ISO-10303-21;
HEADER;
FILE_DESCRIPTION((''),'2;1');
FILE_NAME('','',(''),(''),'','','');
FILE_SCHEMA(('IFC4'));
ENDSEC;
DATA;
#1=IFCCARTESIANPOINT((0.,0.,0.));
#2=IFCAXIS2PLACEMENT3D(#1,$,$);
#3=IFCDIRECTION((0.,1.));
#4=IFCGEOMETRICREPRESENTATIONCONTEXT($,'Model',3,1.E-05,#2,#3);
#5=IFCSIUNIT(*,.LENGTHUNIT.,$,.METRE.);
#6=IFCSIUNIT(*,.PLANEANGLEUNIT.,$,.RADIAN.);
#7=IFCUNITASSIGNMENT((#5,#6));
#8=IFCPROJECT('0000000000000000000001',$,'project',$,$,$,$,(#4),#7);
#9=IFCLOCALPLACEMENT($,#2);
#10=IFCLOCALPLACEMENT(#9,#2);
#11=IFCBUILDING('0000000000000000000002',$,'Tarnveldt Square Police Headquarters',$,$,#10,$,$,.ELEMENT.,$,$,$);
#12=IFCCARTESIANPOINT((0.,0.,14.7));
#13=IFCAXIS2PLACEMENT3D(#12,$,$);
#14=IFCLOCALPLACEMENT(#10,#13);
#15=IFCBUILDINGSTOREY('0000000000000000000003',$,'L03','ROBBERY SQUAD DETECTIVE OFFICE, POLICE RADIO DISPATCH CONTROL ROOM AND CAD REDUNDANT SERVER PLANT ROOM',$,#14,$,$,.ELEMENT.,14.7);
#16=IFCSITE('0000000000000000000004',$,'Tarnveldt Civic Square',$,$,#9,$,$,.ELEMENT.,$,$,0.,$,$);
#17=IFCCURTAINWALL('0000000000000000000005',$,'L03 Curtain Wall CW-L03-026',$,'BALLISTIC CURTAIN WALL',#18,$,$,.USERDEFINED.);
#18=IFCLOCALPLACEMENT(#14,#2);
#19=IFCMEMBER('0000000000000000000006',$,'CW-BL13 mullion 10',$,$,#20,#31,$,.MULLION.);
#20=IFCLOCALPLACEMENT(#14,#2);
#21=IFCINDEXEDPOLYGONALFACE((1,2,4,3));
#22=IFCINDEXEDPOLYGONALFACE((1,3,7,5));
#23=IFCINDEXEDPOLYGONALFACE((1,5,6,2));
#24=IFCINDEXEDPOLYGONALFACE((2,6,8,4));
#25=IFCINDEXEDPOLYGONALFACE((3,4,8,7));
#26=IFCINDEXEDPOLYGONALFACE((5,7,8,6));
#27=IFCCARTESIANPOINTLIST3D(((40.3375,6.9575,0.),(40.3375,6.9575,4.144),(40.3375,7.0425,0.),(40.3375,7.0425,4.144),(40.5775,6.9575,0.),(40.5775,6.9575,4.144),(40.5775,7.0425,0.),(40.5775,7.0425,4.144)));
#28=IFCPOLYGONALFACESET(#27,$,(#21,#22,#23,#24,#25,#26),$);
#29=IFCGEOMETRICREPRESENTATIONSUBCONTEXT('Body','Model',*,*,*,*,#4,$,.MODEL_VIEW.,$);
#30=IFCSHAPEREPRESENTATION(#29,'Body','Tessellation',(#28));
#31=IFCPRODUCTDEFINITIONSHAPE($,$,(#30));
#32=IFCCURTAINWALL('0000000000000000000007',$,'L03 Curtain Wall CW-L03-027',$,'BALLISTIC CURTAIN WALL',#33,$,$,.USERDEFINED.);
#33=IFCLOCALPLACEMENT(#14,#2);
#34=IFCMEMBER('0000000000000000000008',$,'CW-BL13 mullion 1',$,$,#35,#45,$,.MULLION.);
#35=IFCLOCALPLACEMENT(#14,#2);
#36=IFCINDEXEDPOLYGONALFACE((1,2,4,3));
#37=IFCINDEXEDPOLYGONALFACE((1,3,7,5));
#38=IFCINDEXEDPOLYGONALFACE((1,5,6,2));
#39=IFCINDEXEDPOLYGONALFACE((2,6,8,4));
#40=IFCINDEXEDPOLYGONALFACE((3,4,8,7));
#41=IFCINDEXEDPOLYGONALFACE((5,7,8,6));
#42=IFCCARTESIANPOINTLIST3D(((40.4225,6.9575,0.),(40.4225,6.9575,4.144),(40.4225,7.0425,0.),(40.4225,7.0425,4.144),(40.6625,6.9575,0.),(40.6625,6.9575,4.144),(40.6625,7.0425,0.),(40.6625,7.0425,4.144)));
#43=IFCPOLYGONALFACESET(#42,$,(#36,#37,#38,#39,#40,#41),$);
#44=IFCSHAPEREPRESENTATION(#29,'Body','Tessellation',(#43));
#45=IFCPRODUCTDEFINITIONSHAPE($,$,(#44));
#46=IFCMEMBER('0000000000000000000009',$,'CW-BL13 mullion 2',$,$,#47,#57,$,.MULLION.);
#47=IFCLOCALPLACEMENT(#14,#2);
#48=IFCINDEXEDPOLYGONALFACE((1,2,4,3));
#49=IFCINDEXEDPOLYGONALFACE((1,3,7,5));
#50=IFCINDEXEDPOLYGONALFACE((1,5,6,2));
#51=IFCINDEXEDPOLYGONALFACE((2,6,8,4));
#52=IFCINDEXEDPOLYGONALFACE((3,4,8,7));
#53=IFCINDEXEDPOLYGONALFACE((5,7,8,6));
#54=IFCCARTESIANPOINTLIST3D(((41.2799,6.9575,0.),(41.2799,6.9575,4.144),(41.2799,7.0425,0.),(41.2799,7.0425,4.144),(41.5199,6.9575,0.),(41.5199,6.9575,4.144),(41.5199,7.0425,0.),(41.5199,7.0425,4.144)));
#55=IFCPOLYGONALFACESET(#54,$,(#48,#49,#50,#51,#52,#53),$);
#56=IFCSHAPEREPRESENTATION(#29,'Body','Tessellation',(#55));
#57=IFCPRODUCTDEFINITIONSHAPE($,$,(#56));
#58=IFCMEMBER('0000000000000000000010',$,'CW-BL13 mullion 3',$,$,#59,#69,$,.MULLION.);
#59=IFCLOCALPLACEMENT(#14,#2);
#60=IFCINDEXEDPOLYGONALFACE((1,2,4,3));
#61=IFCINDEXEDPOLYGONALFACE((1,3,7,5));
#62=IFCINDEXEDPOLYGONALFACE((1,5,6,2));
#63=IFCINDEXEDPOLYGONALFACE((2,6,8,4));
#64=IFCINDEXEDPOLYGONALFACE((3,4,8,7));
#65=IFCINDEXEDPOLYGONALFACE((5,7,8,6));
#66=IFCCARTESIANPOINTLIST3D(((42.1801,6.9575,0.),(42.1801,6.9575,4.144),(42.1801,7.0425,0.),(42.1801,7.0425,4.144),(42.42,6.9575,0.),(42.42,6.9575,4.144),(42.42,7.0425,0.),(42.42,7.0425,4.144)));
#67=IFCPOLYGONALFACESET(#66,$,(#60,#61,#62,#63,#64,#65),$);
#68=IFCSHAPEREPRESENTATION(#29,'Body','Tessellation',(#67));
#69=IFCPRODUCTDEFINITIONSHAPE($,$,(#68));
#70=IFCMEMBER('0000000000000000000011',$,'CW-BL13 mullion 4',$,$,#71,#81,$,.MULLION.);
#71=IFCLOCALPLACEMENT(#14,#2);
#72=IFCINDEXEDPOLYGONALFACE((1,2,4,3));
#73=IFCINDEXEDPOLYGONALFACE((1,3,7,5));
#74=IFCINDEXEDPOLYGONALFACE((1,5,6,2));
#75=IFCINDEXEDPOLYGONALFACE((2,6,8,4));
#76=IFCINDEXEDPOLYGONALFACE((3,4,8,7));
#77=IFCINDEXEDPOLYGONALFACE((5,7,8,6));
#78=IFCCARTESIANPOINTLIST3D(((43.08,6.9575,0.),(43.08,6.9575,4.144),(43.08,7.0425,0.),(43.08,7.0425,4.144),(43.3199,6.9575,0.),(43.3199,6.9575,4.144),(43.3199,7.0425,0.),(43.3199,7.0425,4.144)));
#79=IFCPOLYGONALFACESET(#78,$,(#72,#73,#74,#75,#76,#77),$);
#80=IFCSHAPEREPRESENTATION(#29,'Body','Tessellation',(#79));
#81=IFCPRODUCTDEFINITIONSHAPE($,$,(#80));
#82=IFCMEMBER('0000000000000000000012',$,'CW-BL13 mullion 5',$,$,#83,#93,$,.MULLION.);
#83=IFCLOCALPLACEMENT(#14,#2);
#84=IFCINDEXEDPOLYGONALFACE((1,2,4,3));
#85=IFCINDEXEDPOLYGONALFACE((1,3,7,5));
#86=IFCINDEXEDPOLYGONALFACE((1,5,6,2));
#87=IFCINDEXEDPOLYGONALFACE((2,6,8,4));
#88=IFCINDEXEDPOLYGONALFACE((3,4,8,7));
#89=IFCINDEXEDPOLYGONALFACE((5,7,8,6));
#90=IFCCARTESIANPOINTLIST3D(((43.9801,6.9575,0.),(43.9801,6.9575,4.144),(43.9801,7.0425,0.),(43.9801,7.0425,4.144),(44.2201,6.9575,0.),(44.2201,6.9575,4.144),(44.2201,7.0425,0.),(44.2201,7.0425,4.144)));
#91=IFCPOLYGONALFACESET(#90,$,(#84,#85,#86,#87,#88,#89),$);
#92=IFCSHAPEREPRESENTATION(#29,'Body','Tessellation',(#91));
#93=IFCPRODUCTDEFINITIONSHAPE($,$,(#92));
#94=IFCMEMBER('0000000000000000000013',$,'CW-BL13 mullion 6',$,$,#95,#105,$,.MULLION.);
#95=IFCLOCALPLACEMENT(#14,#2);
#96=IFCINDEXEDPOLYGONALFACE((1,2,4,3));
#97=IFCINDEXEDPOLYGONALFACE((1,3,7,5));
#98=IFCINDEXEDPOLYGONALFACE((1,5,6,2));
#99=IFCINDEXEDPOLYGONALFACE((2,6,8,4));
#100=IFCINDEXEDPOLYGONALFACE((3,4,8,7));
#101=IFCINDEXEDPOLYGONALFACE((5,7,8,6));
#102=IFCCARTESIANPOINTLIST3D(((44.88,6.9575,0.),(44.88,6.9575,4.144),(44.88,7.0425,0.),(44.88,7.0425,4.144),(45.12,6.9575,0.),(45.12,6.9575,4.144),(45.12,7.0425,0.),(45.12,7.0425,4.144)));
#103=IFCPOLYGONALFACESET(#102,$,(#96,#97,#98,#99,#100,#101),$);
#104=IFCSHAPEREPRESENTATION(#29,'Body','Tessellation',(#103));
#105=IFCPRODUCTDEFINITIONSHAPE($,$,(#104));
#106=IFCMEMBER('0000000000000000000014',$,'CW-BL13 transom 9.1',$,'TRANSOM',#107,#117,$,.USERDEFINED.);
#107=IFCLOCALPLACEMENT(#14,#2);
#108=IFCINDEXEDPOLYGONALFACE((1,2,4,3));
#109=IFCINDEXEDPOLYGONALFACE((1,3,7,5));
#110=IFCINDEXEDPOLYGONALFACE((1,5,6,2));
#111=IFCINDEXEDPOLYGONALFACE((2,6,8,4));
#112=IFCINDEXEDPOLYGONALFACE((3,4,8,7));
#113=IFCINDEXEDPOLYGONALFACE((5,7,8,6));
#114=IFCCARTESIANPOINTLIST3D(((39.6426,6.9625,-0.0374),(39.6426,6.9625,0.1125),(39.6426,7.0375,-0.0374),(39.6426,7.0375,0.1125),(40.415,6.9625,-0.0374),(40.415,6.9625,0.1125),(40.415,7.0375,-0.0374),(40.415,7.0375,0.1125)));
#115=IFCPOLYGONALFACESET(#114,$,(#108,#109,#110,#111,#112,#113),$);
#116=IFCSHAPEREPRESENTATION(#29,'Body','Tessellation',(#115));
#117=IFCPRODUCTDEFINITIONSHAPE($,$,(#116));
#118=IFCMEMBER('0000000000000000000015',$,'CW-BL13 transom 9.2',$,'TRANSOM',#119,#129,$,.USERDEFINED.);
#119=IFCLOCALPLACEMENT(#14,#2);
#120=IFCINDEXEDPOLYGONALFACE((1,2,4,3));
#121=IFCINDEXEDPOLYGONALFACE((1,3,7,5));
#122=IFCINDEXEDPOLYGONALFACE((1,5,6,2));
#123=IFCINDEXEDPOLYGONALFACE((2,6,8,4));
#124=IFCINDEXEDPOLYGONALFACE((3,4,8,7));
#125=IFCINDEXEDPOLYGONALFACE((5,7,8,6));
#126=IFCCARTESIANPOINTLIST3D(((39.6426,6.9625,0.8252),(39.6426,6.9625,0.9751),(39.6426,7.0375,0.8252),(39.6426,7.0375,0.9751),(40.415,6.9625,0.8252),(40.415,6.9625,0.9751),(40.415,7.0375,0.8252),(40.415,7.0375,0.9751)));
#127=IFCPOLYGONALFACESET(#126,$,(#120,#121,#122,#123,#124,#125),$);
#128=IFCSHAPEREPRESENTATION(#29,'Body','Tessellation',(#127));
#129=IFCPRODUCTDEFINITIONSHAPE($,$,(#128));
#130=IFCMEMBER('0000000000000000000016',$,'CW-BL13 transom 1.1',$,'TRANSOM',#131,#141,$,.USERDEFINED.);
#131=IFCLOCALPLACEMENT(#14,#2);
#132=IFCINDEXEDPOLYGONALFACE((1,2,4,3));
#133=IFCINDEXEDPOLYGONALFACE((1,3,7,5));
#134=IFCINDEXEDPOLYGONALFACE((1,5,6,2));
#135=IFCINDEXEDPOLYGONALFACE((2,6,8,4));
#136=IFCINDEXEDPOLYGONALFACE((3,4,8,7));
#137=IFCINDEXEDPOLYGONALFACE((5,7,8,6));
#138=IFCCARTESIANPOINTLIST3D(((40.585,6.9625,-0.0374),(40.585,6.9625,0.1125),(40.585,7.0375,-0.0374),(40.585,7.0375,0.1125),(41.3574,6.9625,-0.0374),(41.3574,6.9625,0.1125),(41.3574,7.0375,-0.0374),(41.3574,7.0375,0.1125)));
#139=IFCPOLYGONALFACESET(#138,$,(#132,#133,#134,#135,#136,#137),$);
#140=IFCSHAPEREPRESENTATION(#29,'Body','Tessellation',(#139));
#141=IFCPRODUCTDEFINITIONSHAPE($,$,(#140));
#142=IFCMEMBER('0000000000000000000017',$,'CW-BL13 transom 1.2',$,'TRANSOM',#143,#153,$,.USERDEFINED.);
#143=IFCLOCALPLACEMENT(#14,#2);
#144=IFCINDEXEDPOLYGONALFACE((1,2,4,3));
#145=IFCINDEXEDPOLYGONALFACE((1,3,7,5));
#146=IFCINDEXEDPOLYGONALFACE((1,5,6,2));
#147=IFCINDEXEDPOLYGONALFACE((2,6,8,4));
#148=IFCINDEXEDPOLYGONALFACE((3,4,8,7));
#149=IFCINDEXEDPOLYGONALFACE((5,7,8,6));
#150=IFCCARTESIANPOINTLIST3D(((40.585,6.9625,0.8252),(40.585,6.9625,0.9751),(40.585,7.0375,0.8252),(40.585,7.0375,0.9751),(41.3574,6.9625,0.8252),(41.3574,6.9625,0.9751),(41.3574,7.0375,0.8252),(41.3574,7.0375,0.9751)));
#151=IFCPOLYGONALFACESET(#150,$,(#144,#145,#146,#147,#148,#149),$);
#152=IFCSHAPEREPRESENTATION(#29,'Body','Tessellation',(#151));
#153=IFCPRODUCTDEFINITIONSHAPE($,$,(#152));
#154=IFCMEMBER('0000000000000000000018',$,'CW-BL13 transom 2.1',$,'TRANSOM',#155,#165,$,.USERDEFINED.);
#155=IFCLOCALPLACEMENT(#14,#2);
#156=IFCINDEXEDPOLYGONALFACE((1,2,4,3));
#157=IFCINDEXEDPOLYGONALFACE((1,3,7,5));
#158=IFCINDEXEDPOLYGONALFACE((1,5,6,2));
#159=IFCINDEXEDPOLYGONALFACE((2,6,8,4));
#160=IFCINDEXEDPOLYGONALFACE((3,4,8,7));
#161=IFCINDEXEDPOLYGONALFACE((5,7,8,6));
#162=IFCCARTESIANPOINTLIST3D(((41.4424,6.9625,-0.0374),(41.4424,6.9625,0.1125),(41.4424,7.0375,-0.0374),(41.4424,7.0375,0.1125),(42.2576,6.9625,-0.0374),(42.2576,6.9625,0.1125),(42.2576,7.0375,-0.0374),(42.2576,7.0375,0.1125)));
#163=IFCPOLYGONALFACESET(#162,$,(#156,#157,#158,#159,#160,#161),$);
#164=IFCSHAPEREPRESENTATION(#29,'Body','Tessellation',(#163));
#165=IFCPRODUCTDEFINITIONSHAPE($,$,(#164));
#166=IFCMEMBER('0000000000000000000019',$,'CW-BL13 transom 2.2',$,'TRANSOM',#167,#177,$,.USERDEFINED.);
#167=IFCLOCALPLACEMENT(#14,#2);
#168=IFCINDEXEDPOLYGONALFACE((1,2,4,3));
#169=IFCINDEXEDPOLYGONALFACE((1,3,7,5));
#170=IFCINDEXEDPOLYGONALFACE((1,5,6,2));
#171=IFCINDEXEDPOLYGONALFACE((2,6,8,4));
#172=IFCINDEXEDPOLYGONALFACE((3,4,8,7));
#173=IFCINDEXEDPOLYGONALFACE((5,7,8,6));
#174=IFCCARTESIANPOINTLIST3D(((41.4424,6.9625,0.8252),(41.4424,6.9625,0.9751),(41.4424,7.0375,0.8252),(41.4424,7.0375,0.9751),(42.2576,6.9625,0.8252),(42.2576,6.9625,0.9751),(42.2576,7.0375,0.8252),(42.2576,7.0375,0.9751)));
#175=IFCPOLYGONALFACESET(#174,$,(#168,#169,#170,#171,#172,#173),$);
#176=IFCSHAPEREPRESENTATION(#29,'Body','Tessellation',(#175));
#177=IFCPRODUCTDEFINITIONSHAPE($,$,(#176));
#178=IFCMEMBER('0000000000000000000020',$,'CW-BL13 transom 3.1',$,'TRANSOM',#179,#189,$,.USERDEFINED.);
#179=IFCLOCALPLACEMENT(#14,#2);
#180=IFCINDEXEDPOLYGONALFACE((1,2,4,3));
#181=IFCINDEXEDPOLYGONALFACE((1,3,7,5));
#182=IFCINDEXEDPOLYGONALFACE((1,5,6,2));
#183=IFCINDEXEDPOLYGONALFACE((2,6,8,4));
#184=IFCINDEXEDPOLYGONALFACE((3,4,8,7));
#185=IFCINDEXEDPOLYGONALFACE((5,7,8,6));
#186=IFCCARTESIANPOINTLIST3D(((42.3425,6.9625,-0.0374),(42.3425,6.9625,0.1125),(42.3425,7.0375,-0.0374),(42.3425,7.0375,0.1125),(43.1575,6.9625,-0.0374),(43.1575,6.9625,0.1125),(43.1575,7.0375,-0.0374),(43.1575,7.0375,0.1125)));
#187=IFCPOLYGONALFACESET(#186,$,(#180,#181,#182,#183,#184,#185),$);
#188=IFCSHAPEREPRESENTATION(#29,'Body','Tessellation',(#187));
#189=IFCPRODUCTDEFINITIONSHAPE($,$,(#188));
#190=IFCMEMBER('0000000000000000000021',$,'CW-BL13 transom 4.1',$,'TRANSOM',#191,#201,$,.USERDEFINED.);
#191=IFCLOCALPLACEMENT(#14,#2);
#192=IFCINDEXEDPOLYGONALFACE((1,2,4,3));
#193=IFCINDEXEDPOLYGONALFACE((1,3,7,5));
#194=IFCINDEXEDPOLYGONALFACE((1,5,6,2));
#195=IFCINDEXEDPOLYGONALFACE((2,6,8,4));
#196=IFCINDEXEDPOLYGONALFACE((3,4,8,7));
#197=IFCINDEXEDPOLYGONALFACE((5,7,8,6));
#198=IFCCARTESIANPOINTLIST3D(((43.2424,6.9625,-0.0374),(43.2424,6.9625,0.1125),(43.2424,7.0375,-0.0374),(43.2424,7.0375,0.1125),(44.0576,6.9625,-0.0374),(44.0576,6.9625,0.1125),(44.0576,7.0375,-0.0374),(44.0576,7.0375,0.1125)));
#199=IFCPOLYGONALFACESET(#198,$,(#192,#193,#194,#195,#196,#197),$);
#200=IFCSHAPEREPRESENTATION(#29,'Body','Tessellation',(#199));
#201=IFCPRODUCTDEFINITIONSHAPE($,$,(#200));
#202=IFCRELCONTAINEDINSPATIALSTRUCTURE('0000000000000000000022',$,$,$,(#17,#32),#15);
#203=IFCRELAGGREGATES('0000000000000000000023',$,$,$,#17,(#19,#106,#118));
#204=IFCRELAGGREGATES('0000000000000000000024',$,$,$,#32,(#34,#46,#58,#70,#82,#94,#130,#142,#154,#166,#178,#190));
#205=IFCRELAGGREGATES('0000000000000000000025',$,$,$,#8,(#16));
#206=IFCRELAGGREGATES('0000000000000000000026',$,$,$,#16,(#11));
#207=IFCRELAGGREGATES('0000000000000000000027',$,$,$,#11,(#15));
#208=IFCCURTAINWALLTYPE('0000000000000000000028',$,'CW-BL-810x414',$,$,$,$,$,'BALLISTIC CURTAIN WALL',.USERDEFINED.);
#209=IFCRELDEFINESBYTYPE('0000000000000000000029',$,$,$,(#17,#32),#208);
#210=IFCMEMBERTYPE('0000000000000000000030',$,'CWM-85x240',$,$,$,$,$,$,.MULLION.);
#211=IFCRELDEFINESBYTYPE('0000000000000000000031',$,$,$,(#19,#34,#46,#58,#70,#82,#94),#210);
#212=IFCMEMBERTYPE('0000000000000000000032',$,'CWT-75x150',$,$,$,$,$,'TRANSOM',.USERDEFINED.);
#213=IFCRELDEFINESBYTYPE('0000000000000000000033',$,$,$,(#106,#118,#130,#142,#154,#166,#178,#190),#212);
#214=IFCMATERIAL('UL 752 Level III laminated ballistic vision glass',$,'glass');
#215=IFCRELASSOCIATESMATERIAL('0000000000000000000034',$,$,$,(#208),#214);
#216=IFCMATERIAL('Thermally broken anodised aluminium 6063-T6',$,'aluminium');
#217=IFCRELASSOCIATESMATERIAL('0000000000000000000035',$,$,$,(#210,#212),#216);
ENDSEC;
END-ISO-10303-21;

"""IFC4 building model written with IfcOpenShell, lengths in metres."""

from ifc_helpers import new_model, si_unit, direction, frame, origin, origin_2d, place, context, subcontext, project, spatial, rectangle, extrude, material, material_profile, profile_set, type_object, element, aggregate, save


model = new_model("IFC4")

# Units and contexts
model_context = context("Model", 3, precision=1e-05, world=origin(), true_north=direction((0.0, 1.0)))
body_context = subcontext(model_context, "Body", "Model", "MODEL_VIEW")
ifc_project = project(units=[si_unit("LENGTHUNIT", "METRE"), si_unit("PLANEANGLEUNIT", "RADIAN")], contexts=[model_context])

# Site, building, storey
site_placement = place(None, origin())
site = spatial("IfcSite", under=ifc_project, at=site_placement, Name="Tarnveldt Civic Square", CompositionType="ELEMENT", RefElevation=0.0)
building_placement = place(site_placement, origin())
building = spatial("IfcBuilding", under=site, at=building_placement, Name="Tarnveldt Square Police Headquarters", CompositionType="ELEMENT")
storey_placement = place(building_placement, frame((0.0, 0.0, 14.7)))
storey = spatial("IfcBuildingStorey", under=building, at=storey_placement, Name="L03", Description="ROBBERY SQUAD DETECTIVE OFFICE, POLICE RADIO DISPATCH CONTROL ROOM AND CAD REDUNDANT SERVER PLANT ROOM", CompositionType="ELEMENT", Elevation=14.7)

# Curtain wall, member
ifc_material_1 = material(Name="UL 752 Level III laminated ballistic vision glass", Category="glass")
curtain_wall_type = type_object("IfcCurtainWallType", Name="CW-BL-810x414", ElementType="BALLISTIC CURTAIN WALL", PredefinedType="USERDEFINED", material=ifc_material_1)
curtain_wall_1_placement = place(storey_placement, origin())
curtain_wall_1 = element("IfcCurtainWall", 1, at=curtain_wall_1_placement, inside=storey, type_object=curtain_wall_type, Name="L03 Curtain Wall CW-L03-026", ObjectType="BALLISTIC CURTAIN WALL", PredefinedType="USERDEFINED")
ifc_material_2 = material(Name="Thermally broken anodised aluminium 6063-T6", Category="aluminium")
ifc_material_profile_1 = material_profile(ifc_material_2, rectangle(XDim=0.085, YDim=0.24, at=origin_2d()), Name="CW-M85x240")
ifc_profile_set_1 = profile_set([ifc_material_profile_1], Name="Thermally broken anodised aluminium 6063-T6")
member_type_1 = type_object("IfcMemberType", Name="CWM-85x240", PredefinedType="MULLION", material=ifc_profile_set_1)
member_1_placement = place(storey_placement, frame((40.4575, 7.0, 0.0), z_axis=(0.0, 0.0, 1.0), x_axis=(0.0, 1.0, 0.0)))
member_1 = element("IfcMember", 2, at=member_1_placement, type_object=member_type_1, Name="CW-BL13 mullion 10", PredefinedType="MULLION", context=body_context, shape_type="SweptSolid", body=[
    extrude(rectangle(XDim=0.085, YDim=0.24, at=origin_2d()), origin(), (0.0, 0.0, 1.0), 4.144),
])

# Curtain wall, members
curtain_wall_2_placement = place(storey_placement, origin())
curtain_wall_2 = element("IfcCurtainWall", 3, at=curtain_wall_2_placement, inside=storey, type_object=curtain_wall_type, Name="L03 Curtain Wall CW-L03-027", ObjectType="BALLISTIC CURTAIN WALL", PredefinedType="USERDEFINED")
member_2_placement = place(storey_placement, frame((40.5425, 7.0, 0.0), z_axis=(0.0, 0.0, 1.0), x_axis=(0.0, 1.0, 0.0)))
member_2 = element("IfcMember", 4, at=member_2_placement, type_object=member_type_1, Name="CW-BL13 mullion 1", PredefinedType="MULLION", context=body_context, shape_type="SweptSolid", body=[
    extrude(rectangle(XDim=0.085, YDim=0.24, at=origin_2d()), origin(), (0.0, 0.0, 1.0), 4.144),
])
member_3_placement = place(storey_placement, frame((41.3999, 7.0, 0.0), z_axis=(0.0, 0.0, 1.0), x_axis=(0.0, 1.0, 0.0)))
member_3 = element("IfcMember", 5, at=member_3_placement, type_object=member_type_1, Name="CW-BL13 mullion 2", PredefinedType="MULLION", context=body_context, shape_type="SweptSolid", body=[
    extrude(rectangle(XDim=0.085, YDim=0.24, at=origin_2d()), origin(), (0.0, 0.0, 1.0), 4.144),
])
member_4_placement = place(storey_placement, frame((42.3, 7.0, 0.0), z_axis=(0.0, 0.0, 1.0), x_axis=(0.0, 1.0, 0.0)))
member_4 = element("IfcMember", 6, at=member_4_placement, type_object=member_type_1, Name="CW-BL13 mullion 3", PredefinedType="MULLION", context=body_context, shape_type="SweptSolid", body=[
    extrude(rectangle(XDim=0.085, YDim=0.24, at=origin_2d()), origin(), (0.0, 0.0, 1.0), 4.144),
])
member_5_placement = place(storey_placement, frame((43.2, 7.0, 0.0), z_axis=(0.0, 0.0, 1.0), x_axis=(0.0, 1.0, 0.0)))
member_5 = element("IfcMember", 7, at=member_5_placement, type_object=member_type_1, Name="CW-BL13 mullion 4", PredefinedType="MULLION", context=body_context, shape_type="SweptSolid", body=[
    extrude(rectangle(XDim=0.085, YDim=0.24, at=origin_2d()), origin(), (0.0, 0.0, 1.0), 4.144),
])
member_6_placement = place(storey_placement, frame((44.1001, 7.0, 0.0), z_axis=(0.0, 0.0, 1.0), x_axis=(0.0, 1.0, 0.0)))
member_6 = element("IfcMember", 8, at=member_6_placement, type_object=member_type_1, Name="CW-BL13 mullion 5", PredefinedType="MULLION", context=body_context, shape_type="SweptSolid", body=[
    extrude(rectangle(XDim=0.085, YDim=0.24, at=origin_2d()), origin(), (0.0, 0.0, 1.0), 4.144),
])
member_7_placement = place(storey_placement, frame((45.0, 7.0, 0.0), z_axis=(0.0, 0.0, 1.0), x_axis=(0.0, 1.0, 0.0)))
member_7 = element("IfcMember", 9, at=member_7_placement, type_object=member_type_1, Name="CW-BL13 mullion 6", PredefinedType="MULLION", context=body_context, shape_type="SweptSolid", body=[
    extrude(rectangle(XDim=0.085, YDim=0.24, at=origin_2d()), origin(), (0.0, 0.0, 1.0), 4.144),
])

# Members
ifc_material_profile_2 = material_profile(ifc_material_2, rectangle(XDim=0.075, YDim=0.1499, at=origin_2d()), Name="CW-T75x150")
ifc_profile_set_2 = profile_set([ifc_material_profile_2], Name="Thermally broken anodised aluminium 6063-T6")
member_type_2 = type_object("IfcMemberType", Name="CWT-75x150", ElementType="TRANSOM", PredefinedType="USERDEFINED", material=ifc_profile_set_2)
member_8_placement = place(storey_placement, frame((39.6426, 7.0, 0.0376), z_axis=(1.0, 0.0, 0.0), x_axis=(0.0, 1.0, 0.0)))
member_8 = element("IfcMember", 10, at=member_8_placement, type_object=member_type_2, Name="CW-BL13 transom 9.1", ObjectType="TRANSOM", PredefinedType="USERDEFINED", context=body_context, shape_type="SweptSolid", body=[
    extrude(rectangle(XDim=0.075, YDim=0.1499, at=origin_2d()), origin(), (0.0, 0.0, 1.0), 0.7725),
])
member_9_placement = place(storey_placement, frame((39.6426, 7.0, 0.9001), z_axis=(1.0, 0.0, 0.0), x_axis=(0.0, 1.0, 0.0)))
member_9 = element("IfcMember", 11, at=member_9_placement, type_object=member_type_2, Name="CW-BL13 transom 9.2", ObjectType="TRANSOM", PredefinedType="USERDEFINED", context=body_context, shape_type="SweptSolid", body=[
    extrude(rectangle(XDim=0.075, YDim=0.1499, at=origin_2d()), origin(), (0.0, 0.0, 1.0), 0.7725),
])
member_10_placement = place(storey_placement, frame((40.585, 7.0, 0.0376), z_axis=(1.0, 0.0, 0.0), x_axis=(0.0, 1.0, 0.0)))
member_10 = element("IfcMember", 12, at=member_10_placement, type_object=member_type_2, Name="CW-BL13 transom 1.1", ObjectType="TRANSOM", PredefinedType="USERDEFINED", context=body_context, shape_type="SweptSolid", body=[
    extrude(rectangle(XDim=0.075, YDim=0.1499, at=origin_2d()), origin(), (0.0, 0.0, 1.0), 0.7725),
])
member_11_placement = place(storey_placement, frame((40.585, 7.0, 0.9001), z_axis=(1.0, 0.0, 0.0), x_axis=(0.0, 1.0, 0.0)))
member_11 = element("IfcMember", 13, at=member_11_placement, type_object=member_type_2, Name="CW-BL13 transom 1.2", ObjectType="TRANSOM", PredefinedType="USERDEFINED", context=body_context, shape_type="SweptSolid", body=[
    extrude(rectangle(XDim=0.075, YDim=0.1499, at=origin_2d()), origin(), (0.0, 0.0, 1.0), 0.7725),
])
member_12_placement = place(storey_placement, frame((41.4424, 7.0, 0.0376), z_axis=(1.0, 0.0, 0.0), x_axis=(0.0, 1.0, 0.0)))
member_12 = element("IfcMember", 14, at=member_12_placement, type_object=member_type_2, Name="CW-BL13 transom 2.1", ObjectType="TRANSOM", PredefinedType="USERDEFINED", context=body_context, shape_type="SweptSolid", body=[
    extrude(rectangle(XDim=0.075, YDim=0.1499, at=origin_2d()), origin(), (0.0, 0.0, 1.0), 0.8152),
])
member_13_placement = place(storey_placement, frame((41.4424, 7.0, 0.9001), z_axis=(1.0, 0.0, 0.0), x_axis=(0.0, 1.0, 0.0)))
member_13 = element("IfcMember", 15, at=member_13_placement, type_object=member_type_2, Name="CW-BL13 transom 2.2", ObjectType="TRANSOM", PredefinedType="USERDEFINED", context=body_context, shape_type="SweptSolid", body=[
    extrude(rectangle(XDim=0.075, YDim=0.1499, at=origin_2d()), origin(), (0.0, 0.0, 1.0), 0.8152),
])
member_14_placement = place(storey_placement, frame((42.3425, 7.0, 0.0376), z_axis=(1.0, 0.0, 0.0), x_axis=(0.0, 1.0, 0.0)))
member_14 = element("IfcMember", 16, at=member_14_placement, type_object=member_type_2, Name="CW-BL13 transom 3.1", ObjectType="TRANSOM", PredefinedType="USERDEFINED", context=body_context, shape_type="SweptSolid", body=[
    extrude(rectangle(XDim=0.075, YDim=0.1499, at=origin_2d()), origin(), (0.0, 0.0, 1.0), 0.8149),
])
member_15_placement = place(storey_placement, frame((43.2424, 7.0, 0.0376), z_axis=(1.0, 0.0, 0.0), x_axis=(0.0, 1.0, 0.0)))
member_15 = element("IfcMember", 17, at=member_15_placement, type_object=member_type_2, Name="CW-BL13 transom 4.1", ObjectType="TRANSOM", PredefinedType="USERDEFINED", context=body_context, shape_type="SweptSolid", body=[
    extrude(rectangle(XDim=0.075, YDim=0.1499, at=origin_2d()), origin(), (0.0, 0.0, 1.0), 0.8152),
])

aggregate(curtain_wall_1, [member_1, member_8, member_9])
aggregate(curtain_wall_2, [member_2, member_3, member_4, member_5, member_6, member_7, member_10, member_11, member_12, member_13, member_14, member_15])

save(model, "model.ifc")
